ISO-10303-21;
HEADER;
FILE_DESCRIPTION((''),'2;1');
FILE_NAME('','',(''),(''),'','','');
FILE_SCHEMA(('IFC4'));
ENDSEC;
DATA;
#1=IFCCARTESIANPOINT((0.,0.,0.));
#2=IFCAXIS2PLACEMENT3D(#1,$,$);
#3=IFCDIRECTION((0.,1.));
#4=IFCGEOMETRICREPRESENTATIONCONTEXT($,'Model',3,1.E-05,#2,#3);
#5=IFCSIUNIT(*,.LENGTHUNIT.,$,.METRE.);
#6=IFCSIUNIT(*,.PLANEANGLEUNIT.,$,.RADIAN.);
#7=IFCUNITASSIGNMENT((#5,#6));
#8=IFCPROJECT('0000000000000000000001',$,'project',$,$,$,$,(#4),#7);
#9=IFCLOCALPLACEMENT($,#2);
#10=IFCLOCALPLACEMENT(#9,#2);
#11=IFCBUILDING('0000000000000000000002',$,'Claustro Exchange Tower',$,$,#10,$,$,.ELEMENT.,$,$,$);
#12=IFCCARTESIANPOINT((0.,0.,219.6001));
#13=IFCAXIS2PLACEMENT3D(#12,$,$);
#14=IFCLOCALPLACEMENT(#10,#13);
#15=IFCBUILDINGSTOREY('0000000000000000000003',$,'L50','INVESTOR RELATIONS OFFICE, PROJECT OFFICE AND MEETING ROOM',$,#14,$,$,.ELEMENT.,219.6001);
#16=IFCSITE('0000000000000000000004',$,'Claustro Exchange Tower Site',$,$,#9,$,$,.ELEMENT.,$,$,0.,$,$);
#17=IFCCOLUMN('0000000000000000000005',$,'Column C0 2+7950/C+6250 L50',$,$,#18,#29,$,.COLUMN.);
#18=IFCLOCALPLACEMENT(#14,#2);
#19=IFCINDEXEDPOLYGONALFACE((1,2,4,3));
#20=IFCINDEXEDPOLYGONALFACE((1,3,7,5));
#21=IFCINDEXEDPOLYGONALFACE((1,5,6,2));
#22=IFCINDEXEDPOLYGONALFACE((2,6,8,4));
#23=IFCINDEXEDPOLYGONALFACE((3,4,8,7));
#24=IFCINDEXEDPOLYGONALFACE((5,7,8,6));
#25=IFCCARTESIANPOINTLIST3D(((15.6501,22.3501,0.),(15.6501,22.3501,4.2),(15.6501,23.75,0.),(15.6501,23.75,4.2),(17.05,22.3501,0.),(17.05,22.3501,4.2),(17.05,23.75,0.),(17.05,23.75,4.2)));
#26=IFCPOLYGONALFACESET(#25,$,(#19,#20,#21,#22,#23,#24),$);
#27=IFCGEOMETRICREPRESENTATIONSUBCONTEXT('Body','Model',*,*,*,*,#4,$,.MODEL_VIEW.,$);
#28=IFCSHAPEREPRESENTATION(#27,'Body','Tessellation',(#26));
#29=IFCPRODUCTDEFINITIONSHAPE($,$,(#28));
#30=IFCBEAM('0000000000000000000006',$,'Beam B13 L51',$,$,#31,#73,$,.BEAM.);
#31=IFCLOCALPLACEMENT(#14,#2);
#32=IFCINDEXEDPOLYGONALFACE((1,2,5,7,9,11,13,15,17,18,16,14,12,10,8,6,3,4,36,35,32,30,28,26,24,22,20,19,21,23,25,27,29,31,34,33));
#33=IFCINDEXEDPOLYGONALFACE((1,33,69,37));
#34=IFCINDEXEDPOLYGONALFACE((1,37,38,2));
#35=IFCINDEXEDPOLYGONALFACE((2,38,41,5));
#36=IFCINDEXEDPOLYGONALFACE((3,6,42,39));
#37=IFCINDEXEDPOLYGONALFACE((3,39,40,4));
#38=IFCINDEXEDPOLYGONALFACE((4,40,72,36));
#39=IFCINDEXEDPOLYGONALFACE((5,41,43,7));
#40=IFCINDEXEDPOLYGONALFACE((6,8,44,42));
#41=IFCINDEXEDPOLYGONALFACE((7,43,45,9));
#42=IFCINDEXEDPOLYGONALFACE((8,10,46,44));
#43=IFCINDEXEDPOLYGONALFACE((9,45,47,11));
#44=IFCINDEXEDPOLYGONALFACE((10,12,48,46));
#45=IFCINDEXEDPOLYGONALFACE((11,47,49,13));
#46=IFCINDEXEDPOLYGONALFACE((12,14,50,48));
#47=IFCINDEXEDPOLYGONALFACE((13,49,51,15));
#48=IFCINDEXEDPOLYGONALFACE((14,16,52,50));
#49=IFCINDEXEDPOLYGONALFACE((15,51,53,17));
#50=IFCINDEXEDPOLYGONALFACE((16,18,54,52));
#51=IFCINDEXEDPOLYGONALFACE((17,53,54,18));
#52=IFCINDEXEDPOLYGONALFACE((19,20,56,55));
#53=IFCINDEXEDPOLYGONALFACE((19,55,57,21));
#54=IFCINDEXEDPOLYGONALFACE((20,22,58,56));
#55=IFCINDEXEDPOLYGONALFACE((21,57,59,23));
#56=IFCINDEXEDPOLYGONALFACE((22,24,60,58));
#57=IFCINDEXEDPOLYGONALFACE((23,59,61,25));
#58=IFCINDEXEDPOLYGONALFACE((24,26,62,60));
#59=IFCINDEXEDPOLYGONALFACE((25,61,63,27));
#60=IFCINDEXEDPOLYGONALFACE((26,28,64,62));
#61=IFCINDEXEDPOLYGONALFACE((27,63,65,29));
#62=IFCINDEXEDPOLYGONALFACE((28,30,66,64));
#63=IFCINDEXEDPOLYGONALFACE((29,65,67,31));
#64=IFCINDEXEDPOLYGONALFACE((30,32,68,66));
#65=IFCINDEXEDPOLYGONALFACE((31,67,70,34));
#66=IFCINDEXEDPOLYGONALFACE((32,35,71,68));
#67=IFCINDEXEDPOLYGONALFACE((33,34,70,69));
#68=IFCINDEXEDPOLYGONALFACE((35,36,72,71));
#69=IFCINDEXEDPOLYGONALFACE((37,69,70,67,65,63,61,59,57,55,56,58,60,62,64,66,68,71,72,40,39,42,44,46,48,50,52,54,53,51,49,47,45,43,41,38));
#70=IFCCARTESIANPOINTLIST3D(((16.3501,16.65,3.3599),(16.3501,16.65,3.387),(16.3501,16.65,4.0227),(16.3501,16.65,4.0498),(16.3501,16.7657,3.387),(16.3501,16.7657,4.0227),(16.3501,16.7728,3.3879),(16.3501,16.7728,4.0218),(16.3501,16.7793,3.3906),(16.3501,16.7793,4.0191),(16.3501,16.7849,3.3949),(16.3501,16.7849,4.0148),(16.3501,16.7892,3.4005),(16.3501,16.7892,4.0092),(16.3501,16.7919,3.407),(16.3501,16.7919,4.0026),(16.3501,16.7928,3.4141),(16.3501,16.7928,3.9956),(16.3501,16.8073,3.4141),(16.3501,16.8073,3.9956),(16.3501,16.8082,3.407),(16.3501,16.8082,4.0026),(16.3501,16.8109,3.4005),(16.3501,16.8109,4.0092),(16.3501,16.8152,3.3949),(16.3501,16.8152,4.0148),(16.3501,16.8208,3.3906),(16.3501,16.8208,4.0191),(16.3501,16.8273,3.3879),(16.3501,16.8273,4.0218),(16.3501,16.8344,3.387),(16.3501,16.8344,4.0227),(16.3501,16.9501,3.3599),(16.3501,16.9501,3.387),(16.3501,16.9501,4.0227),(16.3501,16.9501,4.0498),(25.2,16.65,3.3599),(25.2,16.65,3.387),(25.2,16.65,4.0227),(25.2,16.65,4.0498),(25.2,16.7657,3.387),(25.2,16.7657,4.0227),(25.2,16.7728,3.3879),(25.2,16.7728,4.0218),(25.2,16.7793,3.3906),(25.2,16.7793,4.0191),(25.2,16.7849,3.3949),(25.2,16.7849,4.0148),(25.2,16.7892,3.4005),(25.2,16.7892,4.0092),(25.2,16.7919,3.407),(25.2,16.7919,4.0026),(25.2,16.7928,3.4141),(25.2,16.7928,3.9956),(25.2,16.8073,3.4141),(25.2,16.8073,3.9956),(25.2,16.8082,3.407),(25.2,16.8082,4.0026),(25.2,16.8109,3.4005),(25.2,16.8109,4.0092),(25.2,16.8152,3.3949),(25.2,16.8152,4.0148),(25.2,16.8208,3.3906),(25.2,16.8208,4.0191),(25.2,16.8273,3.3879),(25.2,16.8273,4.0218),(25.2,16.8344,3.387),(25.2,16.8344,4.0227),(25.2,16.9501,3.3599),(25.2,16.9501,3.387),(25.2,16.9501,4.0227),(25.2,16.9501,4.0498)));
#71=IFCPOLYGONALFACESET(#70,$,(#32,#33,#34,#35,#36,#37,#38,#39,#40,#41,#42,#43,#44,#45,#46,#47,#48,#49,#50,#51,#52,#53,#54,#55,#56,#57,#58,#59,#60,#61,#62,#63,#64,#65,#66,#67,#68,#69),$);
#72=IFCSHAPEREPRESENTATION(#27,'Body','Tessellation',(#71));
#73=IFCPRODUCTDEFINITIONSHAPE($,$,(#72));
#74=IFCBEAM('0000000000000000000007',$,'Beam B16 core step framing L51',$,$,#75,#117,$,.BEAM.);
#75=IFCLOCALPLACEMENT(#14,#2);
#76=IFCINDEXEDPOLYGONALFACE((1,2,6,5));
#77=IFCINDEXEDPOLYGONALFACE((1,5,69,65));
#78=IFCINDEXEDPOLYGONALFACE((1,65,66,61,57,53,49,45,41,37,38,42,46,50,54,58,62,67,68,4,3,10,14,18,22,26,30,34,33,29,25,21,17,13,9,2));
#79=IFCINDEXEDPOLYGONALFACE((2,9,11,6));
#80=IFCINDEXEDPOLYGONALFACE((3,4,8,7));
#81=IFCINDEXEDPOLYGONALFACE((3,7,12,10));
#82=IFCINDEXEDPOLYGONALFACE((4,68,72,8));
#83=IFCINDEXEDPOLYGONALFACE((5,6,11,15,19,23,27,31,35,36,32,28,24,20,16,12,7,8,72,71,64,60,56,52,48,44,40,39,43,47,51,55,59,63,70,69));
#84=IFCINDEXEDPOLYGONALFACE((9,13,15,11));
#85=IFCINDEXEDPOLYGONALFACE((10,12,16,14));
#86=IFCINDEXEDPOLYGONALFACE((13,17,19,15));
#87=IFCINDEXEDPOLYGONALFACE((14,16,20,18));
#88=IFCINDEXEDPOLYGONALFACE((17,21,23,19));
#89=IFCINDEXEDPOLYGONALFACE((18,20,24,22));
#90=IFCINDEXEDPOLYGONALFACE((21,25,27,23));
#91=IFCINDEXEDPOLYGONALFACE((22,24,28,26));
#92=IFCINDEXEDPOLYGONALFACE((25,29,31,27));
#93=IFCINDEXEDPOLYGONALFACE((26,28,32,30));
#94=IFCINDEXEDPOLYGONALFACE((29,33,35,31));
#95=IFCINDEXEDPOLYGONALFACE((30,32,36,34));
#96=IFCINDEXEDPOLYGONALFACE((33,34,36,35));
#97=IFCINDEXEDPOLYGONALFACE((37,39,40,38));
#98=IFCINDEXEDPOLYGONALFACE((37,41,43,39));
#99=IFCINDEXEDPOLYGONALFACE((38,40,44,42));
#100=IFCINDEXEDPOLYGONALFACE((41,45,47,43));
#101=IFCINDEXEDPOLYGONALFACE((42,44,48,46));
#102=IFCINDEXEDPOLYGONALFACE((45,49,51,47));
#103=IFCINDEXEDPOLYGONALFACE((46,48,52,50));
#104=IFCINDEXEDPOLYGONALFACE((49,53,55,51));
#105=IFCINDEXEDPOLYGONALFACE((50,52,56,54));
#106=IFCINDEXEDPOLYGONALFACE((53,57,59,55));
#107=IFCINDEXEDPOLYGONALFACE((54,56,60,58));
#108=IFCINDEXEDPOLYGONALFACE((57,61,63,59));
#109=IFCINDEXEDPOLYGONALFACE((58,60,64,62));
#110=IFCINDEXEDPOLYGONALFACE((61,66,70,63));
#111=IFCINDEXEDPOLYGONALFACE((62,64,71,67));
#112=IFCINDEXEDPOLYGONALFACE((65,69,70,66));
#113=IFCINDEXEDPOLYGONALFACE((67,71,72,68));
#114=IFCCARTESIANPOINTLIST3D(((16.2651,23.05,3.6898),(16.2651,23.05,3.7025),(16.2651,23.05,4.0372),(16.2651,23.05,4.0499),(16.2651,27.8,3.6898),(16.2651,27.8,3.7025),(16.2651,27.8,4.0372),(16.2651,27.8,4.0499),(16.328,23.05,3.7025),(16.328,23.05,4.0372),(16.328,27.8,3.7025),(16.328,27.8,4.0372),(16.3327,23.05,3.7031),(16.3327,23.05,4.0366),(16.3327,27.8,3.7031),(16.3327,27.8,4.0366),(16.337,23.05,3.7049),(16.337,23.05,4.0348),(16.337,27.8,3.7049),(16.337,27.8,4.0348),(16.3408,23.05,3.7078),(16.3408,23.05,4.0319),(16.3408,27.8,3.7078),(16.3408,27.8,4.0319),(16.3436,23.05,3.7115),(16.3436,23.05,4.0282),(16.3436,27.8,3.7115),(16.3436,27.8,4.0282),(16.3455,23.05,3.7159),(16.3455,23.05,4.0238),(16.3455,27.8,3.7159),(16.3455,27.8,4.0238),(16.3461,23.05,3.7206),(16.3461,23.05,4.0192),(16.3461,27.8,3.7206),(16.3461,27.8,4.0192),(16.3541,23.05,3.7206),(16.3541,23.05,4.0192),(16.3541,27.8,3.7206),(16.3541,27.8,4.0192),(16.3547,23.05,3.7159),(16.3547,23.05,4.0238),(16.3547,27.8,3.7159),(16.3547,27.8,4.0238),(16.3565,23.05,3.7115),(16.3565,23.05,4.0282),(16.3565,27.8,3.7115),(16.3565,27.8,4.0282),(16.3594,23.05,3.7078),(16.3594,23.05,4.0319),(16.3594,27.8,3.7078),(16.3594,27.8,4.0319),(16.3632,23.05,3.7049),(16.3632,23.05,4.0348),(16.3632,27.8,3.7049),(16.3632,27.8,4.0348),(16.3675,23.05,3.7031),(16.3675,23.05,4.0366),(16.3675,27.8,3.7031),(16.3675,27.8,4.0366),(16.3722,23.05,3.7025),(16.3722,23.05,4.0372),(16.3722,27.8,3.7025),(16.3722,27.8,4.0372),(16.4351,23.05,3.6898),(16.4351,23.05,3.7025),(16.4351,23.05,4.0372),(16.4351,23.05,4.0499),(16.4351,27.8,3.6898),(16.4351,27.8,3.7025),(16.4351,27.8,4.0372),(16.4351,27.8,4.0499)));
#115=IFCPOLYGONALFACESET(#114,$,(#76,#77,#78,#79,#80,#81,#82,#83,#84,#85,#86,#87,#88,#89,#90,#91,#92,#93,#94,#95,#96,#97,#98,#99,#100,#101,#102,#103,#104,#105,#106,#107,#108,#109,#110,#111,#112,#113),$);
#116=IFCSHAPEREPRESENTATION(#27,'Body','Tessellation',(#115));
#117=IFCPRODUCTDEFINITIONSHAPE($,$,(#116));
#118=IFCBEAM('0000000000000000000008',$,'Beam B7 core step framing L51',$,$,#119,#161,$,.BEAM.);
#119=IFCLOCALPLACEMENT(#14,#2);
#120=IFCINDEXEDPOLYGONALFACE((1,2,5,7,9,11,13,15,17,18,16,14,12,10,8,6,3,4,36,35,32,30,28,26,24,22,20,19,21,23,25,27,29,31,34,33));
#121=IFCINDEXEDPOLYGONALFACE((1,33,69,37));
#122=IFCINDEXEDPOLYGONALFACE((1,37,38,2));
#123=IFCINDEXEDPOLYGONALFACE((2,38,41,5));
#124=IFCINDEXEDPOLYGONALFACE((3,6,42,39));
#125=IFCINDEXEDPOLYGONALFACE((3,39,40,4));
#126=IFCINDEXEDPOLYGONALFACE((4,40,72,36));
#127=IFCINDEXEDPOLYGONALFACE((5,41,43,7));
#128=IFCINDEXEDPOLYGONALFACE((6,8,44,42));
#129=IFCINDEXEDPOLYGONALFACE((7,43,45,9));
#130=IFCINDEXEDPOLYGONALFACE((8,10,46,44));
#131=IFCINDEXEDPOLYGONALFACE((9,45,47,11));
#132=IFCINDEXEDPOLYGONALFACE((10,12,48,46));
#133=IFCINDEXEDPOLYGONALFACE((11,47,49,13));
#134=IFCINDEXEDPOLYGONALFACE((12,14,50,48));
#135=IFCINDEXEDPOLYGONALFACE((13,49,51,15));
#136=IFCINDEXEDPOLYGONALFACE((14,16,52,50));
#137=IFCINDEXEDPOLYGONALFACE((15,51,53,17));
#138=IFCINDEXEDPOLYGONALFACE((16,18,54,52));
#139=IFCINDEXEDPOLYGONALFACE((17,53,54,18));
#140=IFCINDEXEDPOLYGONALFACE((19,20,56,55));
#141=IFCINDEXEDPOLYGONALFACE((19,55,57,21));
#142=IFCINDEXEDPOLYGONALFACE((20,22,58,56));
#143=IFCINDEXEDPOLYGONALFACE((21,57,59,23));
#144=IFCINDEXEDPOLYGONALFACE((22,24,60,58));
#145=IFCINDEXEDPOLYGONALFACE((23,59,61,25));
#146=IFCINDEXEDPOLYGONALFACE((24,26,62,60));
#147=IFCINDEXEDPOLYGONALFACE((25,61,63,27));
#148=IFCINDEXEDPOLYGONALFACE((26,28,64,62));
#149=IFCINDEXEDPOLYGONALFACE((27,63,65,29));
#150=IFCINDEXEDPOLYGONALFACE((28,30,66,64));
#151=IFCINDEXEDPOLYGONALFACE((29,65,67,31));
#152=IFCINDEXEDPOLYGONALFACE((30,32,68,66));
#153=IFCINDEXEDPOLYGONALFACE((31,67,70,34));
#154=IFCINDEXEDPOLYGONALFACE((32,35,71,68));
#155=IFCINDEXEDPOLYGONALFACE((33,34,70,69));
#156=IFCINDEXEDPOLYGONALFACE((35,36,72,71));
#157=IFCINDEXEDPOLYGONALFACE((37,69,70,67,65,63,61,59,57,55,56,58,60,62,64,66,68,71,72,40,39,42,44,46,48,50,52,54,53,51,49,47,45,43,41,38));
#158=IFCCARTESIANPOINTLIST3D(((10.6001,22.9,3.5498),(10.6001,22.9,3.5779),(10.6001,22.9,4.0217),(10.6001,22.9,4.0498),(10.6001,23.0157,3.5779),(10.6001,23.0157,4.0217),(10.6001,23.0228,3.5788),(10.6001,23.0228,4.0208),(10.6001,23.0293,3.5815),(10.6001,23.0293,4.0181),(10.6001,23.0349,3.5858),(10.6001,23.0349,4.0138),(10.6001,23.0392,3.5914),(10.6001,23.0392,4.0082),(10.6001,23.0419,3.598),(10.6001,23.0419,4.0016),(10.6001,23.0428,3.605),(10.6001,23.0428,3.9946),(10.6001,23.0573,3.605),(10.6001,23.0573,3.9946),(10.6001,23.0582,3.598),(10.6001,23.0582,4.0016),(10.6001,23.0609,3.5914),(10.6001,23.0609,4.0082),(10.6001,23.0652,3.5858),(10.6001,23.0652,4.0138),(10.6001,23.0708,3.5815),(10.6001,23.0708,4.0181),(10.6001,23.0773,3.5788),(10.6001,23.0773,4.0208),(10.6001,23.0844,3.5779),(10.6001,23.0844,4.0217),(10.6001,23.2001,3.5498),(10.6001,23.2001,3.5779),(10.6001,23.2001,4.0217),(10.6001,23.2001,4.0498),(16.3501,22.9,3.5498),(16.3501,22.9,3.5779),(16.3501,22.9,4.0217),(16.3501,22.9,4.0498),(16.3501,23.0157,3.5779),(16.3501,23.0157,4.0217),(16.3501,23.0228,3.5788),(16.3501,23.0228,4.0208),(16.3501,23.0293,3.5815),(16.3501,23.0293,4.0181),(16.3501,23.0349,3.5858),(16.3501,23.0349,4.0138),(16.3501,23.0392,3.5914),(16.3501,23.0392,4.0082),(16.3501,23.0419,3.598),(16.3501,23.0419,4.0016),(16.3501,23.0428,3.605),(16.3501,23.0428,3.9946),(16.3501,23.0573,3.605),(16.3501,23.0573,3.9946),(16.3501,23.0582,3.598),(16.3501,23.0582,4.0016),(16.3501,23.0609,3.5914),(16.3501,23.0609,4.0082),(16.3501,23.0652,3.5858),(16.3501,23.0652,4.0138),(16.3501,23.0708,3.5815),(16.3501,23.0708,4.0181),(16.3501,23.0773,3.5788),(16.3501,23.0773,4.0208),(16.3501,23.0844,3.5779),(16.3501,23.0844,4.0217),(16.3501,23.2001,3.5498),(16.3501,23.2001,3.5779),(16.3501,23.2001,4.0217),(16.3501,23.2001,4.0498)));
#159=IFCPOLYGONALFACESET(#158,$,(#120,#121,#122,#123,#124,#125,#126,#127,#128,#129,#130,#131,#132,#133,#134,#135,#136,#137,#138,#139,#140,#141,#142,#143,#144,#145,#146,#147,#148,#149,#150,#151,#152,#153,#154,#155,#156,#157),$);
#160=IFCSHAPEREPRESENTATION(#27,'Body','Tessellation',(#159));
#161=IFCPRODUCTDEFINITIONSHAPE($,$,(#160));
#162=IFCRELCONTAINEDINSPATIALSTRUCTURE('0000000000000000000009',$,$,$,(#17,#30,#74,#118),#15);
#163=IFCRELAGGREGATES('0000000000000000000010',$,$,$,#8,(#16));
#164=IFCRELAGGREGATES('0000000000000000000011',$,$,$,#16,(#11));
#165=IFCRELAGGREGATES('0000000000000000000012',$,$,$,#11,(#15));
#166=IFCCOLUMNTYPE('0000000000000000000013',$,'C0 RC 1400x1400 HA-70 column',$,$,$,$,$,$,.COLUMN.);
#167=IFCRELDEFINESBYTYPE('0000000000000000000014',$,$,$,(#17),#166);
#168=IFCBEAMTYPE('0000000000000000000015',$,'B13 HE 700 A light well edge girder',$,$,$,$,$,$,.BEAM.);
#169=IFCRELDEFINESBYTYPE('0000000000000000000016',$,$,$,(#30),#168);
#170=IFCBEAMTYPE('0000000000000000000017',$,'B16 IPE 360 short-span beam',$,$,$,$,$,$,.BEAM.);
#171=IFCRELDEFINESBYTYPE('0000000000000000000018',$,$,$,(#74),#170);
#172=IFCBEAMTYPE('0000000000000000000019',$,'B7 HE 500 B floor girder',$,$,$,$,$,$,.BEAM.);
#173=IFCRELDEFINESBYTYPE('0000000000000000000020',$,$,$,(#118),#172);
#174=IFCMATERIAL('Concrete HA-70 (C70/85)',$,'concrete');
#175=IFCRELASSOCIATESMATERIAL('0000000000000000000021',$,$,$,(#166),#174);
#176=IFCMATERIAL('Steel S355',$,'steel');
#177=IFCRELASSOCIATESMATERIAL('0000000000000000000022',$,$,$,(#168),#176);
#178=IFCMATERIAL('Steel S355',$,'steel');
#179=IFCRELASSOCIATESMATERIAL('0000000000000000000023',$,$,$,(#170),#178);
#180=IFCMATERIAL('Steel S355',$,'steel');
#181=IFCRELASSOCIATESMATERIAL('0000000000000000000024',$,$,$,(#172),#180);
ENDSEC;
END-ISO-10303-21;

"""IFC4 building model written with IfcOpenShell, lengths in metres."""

from ifc_helpers import new_model, si_unit, direction, frame, origin, origin_2d, place, context, subcontext, project, spatial, rectangle, i_section, extrude, material, material_profile, profile_set, type_object, element, save


model = new_model("IFC4")

# Units and contexts
model_context = context("Model", 3, precision=1e-05, world=origin(), true_north=direction((0.0, 1.0)))
body_context = subcontext(model_context, "Body", "Model", "MODEL_VIEW")
ifc_project = project(units=[si_unit("LENGTHUNIT", "METRE"), si_unit("PLANEANGLEUNIT", "RADIAN")], contexts=[model_context])

# Site, building, storey
site_placement = place(None, origin())
site = spatial("IfcSite", under=ifc_project, at=site_placement, Name="Claustro Exchange Tower Site", CompositionType="ELEMENT", RefElevation=0.0)
building_placement = place(site_placement, origin())
building = spatial("IfcBuilding", under=site, at=building_placement, Name="Claustro Exchange Tower", CompositionType="ELEMENT")
storey_placement = place(building_placement, frame((0.0, 0.0, 219.6001)))
storey = spatial("IfcBuildingStorey", under=building, at=storey_placement, Name="L50", Description="INVESTOR RELATIONS OFFICE, PROJECT OFFICE AND MEETING ROOM", CompositionType="ELEMENT", Elevation=219.6001)

# Column
ifc_material_1 = material(Name="Concrete HA-70 (C70/85)", Category="concrete")
ifc_material_profile_1 = material_profile(ifc_material_1, rectangle(XDim=1.3999, YDim=1.3999, at=origin_2d()), Name="RC 1400x1400")
ifc_profile_set_1 = profile_set([ifc_material_profile_1], Name="Concrete HA-70 (C70/85)")
column_type = type_object("IfcColumnType", Name="C0 RC 1400x1400 HA-70 column", PredefinedType="COLUMN", material=ifc_profile_set_1)
column_placement = place(storey_placement, frame((16.3501, 23.05, 0.0), z_axis=(0.0, 0.0, 1.0), x_axis=(1.0, 0.0, 0.0)))
element("IfcColumn", 1, at=column_placement, inside=storey, type_object=column_type, Name="Column C0 2+7950/C+6250 L50", PredefinedType="COLUMN", context=body_context, shape_type="SweptSolid", body=[
    extrude(rectangle(XDim=1.3999, YDim=1.3999, at=origin_2d()), origin(), (0.0, 0.0, 1.0), 4.2),
])

# Beams
ifc_material_2 = material(Name="Steel S355", Category="steel")
ifc_material_profile_2 = material_profile(ifc_material_2, i_section(OverallWidth=0.3, OverallDepth=0.6899, WebThickness=0.0144, FlangeThickness=0.0271, FilletRadius=0.0271, at=origin_2d()), Name="HE 700 A")
ifc_profile_set_2 = profile_set([ifc_material_profile_2], Name="Steel S355")
beam_type_1 = type_object("IfcBeamType", Name="B13 HE 700 A light well edge girder", PredefinedType="BEAM", material=ifc_profile_set_2)
beam_1_placement = place(storey_placement, frame((16.3501, 16.8, 3.7048), z_axis=(1.0, 0.0, 0.0), x_axis=(0.0, 1.0, 0.0)))
element("IfcBeam", 2, at=beam_1_placement, inside=storey, type_object=beam_type_1, Name="Beam B13 L51", PredefinedType="BEAM", context=body_context, shape_type="SweptSolid", body=[
    extrude(i_section(OverallWidth=0.3, OverallDepth=0.6899, WebThickness=0.0144, FlangeThickness=0.0271, FilletRadius=0.0271, at=origin_2d()), origin(), (0.0, 0.0, 1.0), 8.8499),
])
ifc_material_3 = material(Name="Steel S355", Category="steel")
ifc_material_profile_3 = material_profile(ifc_material_3, i_section(OverallWidth=0.1699, OverallDepth=0.3601, WebThickness=0.0081, FlangeThickness=0.0127, FilletRadius=0.0181, at=origin_2d()), Name="IPE 360")
ifc_profile_set_3 = profile_set([ifc_material_profile_3], Name="Steel S355")
beam_type_2 = type_object("IfcBeamType", Name="B16 IPE 360 short-span beam", PredefinedType="BEAM", material=ifc_profile_set_3)
beam_2_placement = place(storey_placement, frame((16.3501, 23.05, 3.8699), z_axis=(0.0, 1.0, 0.0), x_axis=(-1.0, 0.0, 0.0)))
element("IfcBeam", 3, at=beam_2_placement, inside=storey, type_object=beam_type_2, Name="Beam B16 core step framing L51", PredefinedType="BEAM", context=body_context, shape_type="SweptSolid", body=[
    extrude(i_section(OverallWidth=0.1699, OverallDepth=0.3601, WebThickness=0.0081, FlangeThickness=0.0127, FilletRadius=0.0181, at=origin_2d()), origin(), (0.0, 0.0, 1.0), 4.75),
])
ifc_material_4 = material(Name="Steel S355", Category="steel")
ifc_material_profile_4 = material_profile(ifc_material_4, i_section(OverallWidth=0.3, OverallDepth=0.5, WebThickness=0.0144, FlangeThickness=0.0281, FilletRadius=0.0271, at=origin_2d()), Name="HE 500 B")
ifc_profile_set_4 = profile_set([ifc_material_profile_4], Name="Steel S355")
beam_type_3 = type_object("IfcBeamType", Name="B7 HE 500 B floor girder", PredefinedType="BEAM", material=ifc_profile_set_4)
beam_3_placement = place(storey_placement, frame((10.6001, 23.05, 3.7998), z_axis=(1.0, 0.0, 0.0), x_axis=(0.0, 1.0, 0.0)))
element("IfcBeam", 4, at=beam_3_placement, inside=storey, type_object=beam_type_3, Name="Beam B7 core step framing L51", PredefinedType="BEAM", context=body_context, shape_type="SweptSolid", body=[
    extrude(i_section(OverallWidth=0.3, OverallDepth=0.5, WebThickness=0.0144, FlangeThickness=0.0281, FilletRadius=0.0271, at=origin_2d()), origin(), (0.0, 0.0, 1.0), 5.75),
])

save(model, "model.ifc")
